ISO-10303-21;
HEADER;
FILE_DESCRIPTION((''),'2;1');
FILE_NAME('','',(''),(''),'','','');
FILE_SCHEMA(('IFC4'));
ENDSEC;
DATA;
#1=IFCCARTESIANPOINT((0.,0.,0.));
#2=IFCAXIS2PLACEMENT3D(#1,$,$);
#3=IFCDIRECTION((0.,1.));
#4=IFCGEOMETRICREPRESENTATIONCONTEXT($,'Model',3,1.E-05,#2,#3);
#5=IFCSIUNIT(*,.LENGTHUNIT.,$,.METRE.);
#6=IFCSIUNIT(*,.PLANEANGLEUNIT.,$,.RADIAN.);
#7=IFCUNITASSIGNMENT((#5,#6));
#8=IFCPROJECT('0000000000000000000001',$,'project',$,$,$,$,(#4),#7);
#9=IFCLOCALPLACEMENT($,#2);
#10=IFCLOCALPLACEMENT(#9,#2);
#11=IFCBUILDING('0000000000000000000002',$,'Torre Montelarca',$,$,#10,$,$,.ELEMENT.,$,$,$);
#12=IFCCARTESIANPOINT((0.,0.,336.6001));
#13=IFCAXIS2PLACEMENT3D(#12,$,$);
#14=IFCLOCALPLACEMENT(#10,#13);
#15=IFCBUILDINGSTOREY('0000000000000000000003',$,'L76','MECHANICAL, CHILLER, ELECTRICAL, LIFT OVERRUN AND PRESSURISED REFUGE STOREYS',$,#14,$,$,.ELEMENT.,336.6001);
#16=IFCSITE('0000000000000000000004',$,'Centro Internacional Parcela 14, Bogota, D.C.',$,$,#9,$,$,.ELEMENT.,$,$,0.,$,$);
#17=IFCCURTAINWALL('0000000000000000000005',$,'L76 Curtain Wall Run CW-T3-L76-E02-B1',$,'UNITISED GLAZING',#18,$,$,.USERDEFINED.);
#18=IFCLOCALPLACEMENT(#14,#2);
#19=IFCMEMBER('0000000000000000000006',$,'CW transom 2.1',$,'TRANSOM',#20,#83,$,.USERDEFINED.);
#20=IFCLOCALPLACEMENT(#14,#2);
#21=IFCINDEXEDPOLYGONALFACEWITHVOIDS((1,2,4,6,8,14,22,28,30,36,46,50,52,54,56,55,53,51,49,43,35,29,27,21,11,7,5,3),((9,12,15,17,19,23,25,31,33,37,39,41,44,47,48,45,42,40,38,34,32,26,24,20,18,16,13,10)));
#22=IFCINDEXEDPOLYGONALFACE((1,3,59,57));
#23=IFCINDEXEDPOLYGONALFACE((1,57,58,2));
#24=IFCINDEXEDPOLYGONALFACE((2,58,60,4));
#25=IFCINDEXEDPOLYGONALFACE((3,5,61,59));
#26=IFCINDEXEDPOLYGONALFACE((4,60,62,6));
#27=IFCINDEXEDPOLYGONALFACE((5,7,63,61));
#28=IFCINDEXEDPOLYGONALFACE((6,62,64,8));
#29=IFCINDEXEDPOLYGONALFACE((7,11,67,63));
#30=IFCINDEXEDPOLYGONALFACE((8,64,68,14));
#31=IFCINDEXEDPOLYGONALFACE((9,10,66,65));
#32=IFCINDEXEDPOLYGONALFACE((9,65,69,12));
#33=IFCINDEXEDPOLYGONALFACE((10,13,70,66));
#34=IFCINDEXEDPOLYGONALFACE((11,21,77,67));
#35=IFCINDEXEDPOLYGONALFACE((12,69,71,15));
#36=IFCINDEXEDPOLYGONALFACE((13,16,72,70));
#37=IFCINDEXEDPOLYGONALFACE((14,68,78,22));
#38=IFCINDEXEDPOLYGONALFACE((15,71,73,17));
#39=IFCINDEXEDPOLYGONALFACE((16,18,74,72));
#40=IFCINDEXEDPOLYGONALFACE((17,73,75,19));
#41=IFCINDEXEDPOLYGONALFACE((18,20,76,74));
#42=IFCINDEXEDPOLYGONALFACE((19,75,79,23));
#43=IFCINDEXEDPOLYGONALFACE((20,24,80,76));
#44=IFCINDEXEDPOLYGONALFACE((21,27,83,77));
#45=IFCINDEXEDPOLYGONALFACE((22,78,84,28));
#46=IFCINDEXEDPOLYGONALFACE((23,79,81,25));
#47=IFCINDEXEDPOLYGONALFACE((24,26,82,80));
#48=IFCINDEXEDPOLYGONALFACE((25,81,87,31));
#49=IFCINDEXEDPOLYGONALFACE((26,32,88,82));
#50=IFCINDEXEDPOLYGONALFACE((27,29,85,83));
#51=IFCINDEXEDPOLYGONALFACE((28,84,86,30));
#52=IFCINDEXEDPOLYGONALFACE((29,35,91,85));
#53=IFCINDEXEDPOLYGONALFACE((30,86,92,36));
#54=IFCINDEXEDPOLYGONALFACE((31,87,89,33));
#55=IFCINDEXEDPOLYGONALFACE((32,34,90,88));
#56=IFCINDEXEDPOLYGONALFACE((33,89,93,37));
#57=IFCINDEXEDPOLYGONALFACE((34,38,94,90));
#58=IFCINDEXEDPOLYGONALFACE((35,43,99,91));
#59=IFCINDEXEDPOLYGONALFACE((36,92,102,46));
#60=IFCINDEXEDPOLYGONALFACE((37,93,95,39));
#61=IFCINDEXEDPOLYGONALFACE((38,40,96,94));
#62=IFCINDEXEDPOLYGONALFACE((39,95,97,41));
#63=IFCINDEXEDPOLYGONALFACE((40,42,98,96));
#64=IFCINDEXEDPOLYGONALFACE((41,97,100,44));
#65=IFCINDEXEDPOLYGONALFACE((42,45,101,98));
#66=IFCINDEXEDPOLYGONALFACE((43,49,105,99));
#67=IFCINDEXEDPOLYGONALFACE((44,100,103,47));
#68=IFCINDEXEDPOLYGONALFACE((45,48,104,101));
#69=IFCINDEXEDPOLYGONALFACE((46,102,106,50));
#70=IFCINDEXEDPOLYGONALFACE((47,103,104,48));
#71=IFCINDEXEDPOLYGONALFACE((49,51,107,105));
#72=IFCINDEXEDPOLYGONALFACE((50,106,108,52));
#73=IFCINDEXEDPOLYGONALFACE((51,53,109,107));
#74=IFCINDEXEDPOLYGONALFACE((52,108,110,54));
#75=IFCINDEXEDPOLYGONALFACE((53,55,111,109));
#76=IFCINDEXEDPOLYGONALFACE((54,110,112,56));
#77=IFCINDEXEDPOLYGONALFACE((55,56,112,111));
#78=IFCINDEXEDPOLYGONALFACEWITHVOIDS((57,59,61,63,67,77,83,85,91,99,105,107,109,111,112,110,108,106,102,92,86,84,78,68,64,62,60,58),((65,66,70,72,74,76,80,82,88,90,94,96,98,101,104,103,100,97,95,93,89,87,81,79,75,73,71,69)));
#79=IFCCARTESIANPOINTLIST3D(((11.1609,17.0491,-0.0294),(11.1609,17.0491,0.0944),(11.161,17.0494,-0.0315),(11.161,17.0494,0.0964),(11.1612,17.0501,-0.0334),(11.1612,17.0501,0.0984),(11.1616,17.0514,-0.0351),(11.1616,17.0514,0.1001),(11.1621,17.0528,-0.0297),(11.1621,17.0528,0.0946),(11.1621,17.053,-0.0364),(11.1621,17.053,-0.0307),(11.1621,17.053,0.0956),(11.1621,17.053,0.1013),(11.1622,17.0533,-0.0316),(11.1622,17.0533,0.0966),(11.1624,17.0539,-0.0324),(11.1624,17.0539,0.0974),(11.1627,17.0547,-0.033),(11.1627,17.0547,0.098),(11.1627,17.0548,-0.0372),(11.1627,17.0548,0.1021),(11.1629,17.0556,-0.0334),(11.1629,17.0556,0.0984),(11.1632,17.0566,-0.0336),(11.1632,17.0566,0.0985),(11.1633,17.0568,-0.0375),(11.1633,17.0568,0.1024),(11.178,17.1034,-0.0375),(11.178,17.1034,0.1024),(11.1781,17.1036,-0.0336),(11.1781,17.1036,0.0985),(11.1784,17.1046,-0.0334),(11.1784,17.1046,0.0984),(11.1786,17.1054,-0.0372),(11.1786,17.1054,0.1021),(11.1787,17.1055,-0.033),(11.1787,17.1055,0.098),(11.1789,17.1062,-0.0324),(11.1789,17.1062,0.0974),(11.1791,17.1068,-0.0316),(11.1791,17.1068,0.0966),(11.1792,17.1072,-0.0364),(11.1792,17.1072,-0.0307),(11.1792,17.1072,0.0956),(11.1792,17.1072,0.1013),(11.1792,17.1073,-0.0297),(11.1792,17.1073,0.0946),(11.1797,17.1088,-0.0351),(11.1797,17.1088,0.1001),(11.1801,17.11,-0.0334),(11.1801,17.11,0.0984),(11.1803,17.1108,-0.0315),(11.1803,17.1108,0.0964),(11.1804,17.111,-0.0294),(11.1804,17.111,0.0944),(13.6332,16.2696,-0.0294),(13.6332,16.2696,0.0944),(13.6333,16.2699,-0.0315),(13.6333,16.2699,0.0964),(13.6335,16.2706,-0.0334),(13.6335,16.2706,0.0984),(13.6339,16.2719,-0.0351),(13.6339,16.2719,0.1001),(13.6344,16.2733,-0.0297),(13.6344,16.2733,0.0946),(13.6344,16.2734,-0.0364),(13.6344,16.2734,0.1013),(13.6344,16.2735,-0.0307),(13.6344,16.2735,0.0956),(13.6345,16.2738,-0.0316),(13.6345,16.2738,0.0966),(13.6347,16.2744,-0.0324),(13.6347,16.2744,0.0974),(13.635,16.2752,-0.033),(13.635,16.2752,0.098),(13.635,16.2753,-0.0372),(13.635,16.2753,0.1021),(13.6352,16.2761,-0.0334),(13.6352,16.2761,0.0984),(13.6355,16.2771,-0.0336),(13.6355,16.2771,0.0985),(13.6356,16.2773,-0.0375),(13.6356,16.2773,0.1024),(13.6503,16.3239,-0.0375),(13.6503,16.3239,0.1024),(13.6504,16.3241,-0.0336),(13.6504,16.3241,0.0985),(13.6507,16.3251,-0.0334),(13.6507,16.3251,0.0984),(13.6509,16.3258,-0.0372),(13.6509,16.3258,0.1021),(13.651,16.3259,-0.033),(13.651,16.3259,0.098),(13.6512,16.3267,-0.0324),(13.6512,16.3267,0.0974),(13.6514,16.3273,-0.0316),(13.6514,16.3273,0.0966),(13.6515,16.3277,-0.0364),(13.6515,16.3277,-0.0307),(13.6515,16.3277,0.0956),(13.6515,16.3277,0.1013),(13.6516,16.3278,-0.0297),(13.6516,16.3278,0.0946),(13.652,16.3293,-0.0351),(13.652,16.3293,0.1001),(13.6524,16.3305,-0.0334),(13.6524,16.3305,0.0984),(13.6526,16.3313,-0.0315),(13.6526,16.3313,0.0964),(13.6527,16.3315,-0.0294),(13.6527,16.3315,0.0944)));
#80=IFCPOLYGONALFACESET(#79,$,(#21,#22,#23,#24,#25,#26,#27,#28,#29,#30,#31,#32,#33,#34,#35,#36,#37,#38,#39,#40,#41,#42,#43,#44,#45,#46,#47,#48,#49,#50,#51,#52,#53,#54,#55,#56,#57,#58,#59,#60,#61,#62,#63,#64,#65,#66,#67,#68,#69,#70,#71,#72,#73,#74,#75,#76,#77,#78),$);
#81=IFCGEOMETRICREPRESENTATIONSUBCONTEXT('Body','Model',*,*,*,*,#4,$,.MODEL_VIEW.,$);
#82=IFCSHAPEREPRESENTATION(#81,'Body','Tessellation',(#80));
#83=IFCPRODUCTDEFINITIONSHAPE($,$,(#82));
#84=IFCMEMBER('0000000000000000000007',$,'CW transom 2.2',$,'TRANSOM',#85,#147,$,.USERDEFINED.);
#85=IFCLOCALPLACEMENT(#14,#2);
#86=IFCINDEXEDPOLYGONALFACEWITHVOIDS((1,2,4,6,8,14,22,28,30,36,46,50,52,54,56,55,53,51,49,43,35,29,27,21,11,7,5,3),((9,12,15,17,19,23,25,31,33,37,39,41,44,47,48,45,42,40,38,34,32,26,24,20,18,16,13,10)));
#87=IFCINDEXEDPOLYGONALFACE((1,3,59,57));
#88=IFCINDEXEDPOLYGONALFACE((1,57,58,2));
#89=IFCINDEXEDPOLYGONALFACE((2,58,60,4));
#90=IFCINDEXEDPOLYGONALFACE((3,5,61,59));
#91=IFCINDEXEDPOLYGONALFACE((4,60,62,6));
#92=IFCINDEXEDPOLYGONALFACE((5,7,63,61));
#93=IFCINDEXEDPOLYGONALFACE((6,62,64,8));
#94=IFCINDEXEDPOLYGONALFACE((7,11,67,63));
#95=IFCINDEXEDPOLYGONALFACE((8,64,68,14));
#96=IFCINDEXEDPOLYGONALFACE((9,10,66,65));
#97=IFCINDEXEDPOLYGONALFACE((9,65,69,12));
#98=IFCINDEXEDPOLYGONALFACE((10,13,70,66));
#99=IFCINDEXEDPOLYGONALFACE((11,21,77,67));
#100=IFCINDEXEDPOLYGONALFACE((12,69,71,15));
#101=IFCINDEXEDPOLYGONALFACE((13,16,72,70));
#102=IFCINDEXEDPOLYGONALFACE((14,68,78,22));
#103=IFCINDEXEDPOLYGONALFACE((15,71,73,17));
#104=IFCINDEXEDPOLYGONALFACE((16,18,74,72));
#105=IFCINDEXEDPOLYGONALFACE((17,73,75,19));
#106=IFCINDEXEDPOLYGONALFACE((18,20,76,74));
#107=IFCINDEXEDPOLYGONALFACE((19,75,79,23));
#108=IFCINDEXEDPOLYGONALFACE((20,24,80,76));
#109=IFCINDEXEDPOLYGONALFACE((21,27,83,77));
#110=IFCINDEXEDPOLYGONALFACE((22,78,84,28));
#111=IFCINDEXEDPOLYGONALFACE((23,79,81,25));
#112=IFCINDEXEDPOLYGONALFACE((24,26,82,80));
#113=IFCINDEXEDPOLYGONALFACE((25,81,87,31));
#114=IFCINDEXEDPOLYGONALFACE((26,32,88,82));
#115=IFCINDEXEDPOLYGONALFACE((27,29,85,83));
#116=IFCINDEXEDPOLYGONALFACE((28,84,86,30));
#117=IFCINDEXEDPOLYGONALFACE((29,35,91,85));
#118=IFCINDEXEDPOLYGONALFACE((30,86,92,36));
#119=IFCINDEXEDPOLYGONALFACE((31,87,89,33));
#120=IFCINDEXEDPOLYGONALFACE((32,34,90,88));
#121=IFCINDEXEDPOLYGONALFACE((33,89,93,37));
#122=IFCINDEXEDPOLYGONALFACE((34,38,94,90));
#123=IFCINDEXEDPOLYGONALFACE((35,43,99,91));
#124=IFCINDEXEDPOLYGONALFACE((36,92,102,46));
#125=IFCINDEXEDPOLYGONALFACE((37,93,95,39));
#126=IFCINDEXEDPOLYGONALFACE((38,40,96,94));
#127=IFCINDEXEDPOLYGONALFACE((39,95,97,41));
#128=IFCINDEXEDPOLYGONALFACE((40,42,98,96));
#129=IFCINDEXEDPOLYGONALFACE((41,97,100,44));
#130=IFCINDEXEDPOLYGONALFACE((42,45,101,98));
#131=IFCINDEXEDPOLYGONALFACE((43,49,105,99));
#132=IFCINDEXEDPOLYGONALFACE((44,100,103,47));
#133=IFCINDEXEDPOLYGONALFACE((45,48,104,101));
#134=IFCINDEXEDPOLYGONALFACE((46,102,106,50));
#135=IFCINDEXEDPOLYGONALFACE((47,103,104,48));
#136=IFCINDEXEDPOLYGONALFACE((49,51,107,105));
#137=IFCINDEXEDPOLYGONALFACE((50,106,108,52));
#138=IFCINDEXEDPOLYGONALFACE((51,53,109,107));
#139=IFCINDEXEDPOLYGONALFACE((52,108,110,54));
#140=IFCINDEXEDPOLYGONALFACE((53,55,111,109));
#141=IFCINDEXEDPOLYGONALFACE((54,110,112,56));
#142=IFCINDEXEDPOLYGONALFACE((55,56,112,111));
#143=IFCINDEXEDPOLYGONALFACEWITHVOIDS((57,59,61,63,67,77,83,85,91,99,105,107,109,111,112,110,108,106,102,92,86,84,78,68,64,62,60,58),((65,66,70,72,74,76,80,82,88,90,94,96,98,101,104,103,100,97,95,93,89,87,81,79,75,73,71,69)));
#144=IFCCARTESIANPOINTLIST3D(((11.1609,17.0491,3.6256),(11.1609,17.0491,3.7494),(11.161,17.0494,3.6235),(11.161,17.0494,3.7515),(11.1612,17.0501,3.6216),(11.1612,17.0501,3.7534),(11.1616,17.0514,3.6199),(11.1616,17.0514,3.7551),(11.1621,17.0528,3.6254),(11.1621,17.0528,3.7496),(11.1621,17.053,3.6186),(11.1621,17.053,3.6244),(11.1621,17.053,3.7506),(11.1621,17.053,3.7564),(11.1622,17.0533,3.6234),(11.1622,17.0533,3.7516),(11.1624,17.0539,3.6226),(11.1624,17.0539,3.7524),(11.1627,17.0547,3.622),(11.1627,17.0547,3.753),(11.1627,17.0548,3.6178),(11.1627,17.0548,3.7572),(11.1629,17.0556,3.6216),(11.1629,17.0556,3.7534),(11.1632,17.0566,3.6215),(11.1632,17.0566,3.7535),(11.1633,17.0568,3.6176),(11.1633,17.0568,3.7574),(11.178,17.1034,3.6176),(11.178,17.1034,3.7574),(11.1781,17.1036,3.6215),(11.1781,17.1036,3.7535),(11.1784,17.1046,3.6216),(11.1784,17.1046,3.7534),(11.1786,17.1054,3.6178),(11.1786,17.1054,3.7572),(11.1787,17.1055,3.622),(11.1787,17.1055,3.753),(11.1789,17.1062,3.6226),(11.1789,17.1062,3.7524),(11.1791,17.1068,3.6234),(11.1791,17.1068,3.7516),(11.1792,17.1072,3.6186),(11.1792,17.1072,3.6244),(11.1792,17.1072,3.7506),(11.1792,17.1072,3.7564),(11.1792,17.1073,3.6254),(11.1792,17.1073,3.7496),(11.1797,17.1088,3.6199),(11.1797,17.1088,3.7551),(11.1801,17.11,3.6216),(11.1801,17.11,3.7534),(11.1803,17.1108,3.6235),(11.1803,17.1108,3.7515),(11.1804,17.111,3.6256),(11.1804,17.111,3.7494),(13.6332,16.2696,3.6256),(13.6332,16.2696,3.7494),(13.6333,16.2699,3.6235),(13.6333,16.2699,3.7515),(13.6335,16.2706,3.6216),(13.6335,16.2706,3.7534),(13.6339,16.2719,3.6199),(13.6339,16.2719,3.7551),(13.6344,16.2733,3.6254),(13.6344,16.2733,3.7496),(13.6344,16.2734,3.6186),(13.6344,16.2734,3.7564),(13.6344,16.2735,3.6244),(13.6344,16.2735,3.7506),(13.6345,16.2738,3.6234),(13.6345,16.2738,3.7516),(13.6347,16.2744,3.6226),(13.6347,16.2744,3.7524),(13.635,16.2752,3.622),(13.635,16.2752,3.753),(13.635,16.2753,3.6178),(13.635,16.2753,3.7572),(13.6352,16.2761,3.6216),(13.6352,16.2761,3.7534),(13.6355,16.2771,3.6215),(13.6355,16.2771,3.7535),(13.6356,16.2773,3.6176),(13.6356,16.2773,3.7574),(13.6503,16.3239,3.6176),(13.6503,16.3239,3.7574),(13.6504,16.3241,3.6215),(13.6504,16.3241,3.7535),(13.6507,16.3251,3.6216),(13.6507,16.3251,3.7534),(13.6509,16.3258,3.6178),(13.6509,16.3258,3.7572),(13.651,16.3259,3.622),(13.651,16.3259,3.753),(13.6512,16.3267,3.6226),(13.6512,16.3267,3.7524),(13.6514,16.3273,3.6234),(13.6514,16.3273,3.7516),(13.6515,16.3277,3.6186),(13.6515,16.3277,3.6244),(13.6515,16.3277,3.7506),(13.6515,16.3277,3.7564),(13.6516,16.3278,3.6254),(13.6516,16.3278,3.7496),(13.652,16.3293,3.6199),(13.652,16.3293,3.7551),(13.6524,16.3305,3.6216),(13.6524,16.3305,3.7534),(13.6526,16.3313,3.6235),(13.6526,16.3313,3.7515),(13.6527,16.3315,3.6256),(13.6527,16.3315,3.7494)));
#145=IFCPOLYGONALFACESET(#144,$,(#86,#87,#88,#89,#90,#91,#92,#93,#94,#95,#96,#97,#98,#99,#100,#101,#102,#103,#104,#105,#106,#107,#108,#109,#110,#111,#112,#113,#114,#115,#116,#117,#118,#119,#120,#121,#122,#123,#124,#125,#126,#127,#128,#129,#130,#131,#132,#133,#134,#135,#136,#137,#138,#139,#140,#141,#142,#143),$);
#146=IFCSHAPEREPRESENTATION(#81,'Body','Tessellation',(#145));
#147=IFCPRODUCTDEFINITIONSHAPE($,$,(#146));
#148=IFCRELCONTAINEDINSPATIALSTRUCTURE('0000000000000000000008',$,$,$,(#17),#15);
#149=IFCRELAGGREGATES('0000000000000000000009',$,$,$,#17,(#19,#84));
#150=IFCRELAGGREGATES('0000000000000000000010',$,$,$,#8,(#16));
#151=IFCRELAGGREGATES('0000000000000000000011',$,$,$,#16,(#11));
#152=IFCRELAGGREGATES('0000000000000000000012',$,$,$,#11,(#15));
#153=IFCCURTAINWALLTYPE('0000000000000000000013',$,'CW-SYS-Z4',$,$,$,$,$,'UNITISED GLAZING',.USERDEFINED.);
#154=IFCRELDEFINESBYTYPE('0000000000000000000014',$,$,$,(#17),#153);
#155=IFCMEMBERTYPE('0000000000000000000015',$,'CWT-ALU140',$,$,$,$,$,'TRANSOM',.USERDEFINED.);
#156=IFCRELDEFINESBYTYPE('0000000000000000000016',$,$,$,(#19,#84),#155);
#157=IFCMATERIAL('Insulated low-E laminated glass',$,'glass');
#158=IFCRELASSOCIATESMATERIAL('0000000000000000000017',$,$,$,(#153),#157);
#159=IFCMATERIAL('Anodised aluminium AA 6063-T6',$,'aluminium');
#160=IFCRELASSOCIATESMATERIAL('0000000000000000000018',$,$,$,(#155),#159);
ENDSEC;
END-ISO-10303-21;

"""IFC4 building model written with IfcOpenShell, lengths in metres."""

from ifc_helpers import new_model, si_unit, direction, frame, origin, origin_2d, place, context, subcontext, project, spatial, hollow_rectangle, extrude, source, transform, mapped, material, material_profile, profile_set, type_object, element, aggregate, save


model = new_model("IFC4")

# Units and contexts
model_context = context("Model", 3, precision=1e-05, world=origin(), true_north=direction((0.0, 1.0)))
body_context = subcontext(model_context, "Body", "Model", "MODEL_VIEW")
ifc_project = project(units=[si_unit("LENGTHUNIT", "METRE"), si_unit("PLANEANGLEUNIT", "RADIAN")], contexts=[model_context])

# Site, building, storey
site_placement = place(None, origin())
site = spatial("IfcSite", under=ifc_project, at=site_placement, Name="Centro Internacional Parcela 14, Bogota, D.C.", CompositionType="ELEMENT", RefElevation=0.0)
building_placement = place(site_placement, origin())
building = spatial("IfcBuilding", under=site, at=building_placement, Name="Torre Montelarca", CompositionType="ELEMENT")
storey_placement = place(building_placement, frame((0.0, 0.0, 336.6001)))
storey = spatial("IfcBuildingStorey", under=building, at=storey_placement, Name="L76", Description="MECHANICAL, CHILLER, ELECTRICAL, LIFT OVERRUN AND PRESSURISED REFUGE STOREYS", CompositionType="ELEMENT", Elevation=336.6001)

# Curtain wall, members
ifc_material_1 = material(Name="Insulated low-E laminated glass", Category="glass")
curtain_wall_type = type_object("IfcCurtainWallType", Name="CW-SYS-Z4", ElementType="UNITISED GLAZING", PredefinedType="USERDEFINED", material=ifc_material_1)
curtain_wall_1_placement = place(storey_placement, origin())
curtain_wall_1 = element("IfcCurtainWall", 1, at=curtain_wall_1_placement, inside=storey, type_object=curtain_wall_type, Name="L76 Curtain Wall Run CW-T3-L76-E02-B1", ObjectType="UNITISED GLAZING", PredefinedType="USERDEFINED")
ifc_material_2 = material(Name="Anodised aluminium AA 6063-T6", Category="aluminium")
ifc_material_profile_1 = material_profile(ifc_material_2, hollow_rectangle(XDim=0.0649, YDim=0.1399, WallThickness=0.0039, InnerFilletRadius=0.0039, OuterFilletRadius=0.0081, at=origin_2d()), Name="ALU65X140X4", Category="aluminium")
ifc_profile_set_1 = profile_set([ifc_material_profile_1], Name="Anodised aluminium AA 6063-T6")
member_type_1 = type_object("IfcMemberType", Name="CWT-ALU140", ElementType="TRANSOM", PredefinedType="USERDEFINED", material=ifc_profile_set_1)
shared_shape_1 = source(origin(), body_context, "Body", "SweptSolid", [
    extrude(hollow_rectangle(XDim=0.0649, YDim=0.1399, WallThickness=0.0039, InnerFilletRadius=0.0039, OuterFilletRadius=0.0081, at=origin_2d()), origin(), (0.0, 0.0, 1.0), 2.5923),
])
member_1_placement = place(storey_placement, frame((11.1707, 17.0801, 0.0325), z_axis=(0.953718, -0.300703, 0.0), x_axis=(0.300703, 0.953718, 0.0)))
member_1 = element("IfcMember", 2, at=member_1_placement, type_object=member_type_1, Name="CW transom 2.1", ObjectType="TRANSOM", PredefinedType="USERDEFINED", context=body_context, shape_type="MappedRepresentation", body=[
    mapped(shared_shape_1, transform((0.0, 0.0, 0.0), scale=1.0)),
])
member_2_placement = place(storey_placement, frame((11.1707, 17.0801, 3.6875), z_axis=(0.953718, -0.300703, 0.0), x_axis=(0.300703, 0.953718, 0.0)))
member_2 = element("IfcMember", 3, at=member_2_placement, type_object=member_type_1, Name="CW transom 2.2", ObjectType="TRANSOM", PredefinedType="USERDEFINED", context=body_context, shape_type="MappedRepresentation", body=[
    mapped(shared_shape_1, transform((0.0, 0.0, 0.0), scale=1.0)),
])

aggregate(curtain_wall_1, [member_1, member_2])

save(model, "model.ifc")
